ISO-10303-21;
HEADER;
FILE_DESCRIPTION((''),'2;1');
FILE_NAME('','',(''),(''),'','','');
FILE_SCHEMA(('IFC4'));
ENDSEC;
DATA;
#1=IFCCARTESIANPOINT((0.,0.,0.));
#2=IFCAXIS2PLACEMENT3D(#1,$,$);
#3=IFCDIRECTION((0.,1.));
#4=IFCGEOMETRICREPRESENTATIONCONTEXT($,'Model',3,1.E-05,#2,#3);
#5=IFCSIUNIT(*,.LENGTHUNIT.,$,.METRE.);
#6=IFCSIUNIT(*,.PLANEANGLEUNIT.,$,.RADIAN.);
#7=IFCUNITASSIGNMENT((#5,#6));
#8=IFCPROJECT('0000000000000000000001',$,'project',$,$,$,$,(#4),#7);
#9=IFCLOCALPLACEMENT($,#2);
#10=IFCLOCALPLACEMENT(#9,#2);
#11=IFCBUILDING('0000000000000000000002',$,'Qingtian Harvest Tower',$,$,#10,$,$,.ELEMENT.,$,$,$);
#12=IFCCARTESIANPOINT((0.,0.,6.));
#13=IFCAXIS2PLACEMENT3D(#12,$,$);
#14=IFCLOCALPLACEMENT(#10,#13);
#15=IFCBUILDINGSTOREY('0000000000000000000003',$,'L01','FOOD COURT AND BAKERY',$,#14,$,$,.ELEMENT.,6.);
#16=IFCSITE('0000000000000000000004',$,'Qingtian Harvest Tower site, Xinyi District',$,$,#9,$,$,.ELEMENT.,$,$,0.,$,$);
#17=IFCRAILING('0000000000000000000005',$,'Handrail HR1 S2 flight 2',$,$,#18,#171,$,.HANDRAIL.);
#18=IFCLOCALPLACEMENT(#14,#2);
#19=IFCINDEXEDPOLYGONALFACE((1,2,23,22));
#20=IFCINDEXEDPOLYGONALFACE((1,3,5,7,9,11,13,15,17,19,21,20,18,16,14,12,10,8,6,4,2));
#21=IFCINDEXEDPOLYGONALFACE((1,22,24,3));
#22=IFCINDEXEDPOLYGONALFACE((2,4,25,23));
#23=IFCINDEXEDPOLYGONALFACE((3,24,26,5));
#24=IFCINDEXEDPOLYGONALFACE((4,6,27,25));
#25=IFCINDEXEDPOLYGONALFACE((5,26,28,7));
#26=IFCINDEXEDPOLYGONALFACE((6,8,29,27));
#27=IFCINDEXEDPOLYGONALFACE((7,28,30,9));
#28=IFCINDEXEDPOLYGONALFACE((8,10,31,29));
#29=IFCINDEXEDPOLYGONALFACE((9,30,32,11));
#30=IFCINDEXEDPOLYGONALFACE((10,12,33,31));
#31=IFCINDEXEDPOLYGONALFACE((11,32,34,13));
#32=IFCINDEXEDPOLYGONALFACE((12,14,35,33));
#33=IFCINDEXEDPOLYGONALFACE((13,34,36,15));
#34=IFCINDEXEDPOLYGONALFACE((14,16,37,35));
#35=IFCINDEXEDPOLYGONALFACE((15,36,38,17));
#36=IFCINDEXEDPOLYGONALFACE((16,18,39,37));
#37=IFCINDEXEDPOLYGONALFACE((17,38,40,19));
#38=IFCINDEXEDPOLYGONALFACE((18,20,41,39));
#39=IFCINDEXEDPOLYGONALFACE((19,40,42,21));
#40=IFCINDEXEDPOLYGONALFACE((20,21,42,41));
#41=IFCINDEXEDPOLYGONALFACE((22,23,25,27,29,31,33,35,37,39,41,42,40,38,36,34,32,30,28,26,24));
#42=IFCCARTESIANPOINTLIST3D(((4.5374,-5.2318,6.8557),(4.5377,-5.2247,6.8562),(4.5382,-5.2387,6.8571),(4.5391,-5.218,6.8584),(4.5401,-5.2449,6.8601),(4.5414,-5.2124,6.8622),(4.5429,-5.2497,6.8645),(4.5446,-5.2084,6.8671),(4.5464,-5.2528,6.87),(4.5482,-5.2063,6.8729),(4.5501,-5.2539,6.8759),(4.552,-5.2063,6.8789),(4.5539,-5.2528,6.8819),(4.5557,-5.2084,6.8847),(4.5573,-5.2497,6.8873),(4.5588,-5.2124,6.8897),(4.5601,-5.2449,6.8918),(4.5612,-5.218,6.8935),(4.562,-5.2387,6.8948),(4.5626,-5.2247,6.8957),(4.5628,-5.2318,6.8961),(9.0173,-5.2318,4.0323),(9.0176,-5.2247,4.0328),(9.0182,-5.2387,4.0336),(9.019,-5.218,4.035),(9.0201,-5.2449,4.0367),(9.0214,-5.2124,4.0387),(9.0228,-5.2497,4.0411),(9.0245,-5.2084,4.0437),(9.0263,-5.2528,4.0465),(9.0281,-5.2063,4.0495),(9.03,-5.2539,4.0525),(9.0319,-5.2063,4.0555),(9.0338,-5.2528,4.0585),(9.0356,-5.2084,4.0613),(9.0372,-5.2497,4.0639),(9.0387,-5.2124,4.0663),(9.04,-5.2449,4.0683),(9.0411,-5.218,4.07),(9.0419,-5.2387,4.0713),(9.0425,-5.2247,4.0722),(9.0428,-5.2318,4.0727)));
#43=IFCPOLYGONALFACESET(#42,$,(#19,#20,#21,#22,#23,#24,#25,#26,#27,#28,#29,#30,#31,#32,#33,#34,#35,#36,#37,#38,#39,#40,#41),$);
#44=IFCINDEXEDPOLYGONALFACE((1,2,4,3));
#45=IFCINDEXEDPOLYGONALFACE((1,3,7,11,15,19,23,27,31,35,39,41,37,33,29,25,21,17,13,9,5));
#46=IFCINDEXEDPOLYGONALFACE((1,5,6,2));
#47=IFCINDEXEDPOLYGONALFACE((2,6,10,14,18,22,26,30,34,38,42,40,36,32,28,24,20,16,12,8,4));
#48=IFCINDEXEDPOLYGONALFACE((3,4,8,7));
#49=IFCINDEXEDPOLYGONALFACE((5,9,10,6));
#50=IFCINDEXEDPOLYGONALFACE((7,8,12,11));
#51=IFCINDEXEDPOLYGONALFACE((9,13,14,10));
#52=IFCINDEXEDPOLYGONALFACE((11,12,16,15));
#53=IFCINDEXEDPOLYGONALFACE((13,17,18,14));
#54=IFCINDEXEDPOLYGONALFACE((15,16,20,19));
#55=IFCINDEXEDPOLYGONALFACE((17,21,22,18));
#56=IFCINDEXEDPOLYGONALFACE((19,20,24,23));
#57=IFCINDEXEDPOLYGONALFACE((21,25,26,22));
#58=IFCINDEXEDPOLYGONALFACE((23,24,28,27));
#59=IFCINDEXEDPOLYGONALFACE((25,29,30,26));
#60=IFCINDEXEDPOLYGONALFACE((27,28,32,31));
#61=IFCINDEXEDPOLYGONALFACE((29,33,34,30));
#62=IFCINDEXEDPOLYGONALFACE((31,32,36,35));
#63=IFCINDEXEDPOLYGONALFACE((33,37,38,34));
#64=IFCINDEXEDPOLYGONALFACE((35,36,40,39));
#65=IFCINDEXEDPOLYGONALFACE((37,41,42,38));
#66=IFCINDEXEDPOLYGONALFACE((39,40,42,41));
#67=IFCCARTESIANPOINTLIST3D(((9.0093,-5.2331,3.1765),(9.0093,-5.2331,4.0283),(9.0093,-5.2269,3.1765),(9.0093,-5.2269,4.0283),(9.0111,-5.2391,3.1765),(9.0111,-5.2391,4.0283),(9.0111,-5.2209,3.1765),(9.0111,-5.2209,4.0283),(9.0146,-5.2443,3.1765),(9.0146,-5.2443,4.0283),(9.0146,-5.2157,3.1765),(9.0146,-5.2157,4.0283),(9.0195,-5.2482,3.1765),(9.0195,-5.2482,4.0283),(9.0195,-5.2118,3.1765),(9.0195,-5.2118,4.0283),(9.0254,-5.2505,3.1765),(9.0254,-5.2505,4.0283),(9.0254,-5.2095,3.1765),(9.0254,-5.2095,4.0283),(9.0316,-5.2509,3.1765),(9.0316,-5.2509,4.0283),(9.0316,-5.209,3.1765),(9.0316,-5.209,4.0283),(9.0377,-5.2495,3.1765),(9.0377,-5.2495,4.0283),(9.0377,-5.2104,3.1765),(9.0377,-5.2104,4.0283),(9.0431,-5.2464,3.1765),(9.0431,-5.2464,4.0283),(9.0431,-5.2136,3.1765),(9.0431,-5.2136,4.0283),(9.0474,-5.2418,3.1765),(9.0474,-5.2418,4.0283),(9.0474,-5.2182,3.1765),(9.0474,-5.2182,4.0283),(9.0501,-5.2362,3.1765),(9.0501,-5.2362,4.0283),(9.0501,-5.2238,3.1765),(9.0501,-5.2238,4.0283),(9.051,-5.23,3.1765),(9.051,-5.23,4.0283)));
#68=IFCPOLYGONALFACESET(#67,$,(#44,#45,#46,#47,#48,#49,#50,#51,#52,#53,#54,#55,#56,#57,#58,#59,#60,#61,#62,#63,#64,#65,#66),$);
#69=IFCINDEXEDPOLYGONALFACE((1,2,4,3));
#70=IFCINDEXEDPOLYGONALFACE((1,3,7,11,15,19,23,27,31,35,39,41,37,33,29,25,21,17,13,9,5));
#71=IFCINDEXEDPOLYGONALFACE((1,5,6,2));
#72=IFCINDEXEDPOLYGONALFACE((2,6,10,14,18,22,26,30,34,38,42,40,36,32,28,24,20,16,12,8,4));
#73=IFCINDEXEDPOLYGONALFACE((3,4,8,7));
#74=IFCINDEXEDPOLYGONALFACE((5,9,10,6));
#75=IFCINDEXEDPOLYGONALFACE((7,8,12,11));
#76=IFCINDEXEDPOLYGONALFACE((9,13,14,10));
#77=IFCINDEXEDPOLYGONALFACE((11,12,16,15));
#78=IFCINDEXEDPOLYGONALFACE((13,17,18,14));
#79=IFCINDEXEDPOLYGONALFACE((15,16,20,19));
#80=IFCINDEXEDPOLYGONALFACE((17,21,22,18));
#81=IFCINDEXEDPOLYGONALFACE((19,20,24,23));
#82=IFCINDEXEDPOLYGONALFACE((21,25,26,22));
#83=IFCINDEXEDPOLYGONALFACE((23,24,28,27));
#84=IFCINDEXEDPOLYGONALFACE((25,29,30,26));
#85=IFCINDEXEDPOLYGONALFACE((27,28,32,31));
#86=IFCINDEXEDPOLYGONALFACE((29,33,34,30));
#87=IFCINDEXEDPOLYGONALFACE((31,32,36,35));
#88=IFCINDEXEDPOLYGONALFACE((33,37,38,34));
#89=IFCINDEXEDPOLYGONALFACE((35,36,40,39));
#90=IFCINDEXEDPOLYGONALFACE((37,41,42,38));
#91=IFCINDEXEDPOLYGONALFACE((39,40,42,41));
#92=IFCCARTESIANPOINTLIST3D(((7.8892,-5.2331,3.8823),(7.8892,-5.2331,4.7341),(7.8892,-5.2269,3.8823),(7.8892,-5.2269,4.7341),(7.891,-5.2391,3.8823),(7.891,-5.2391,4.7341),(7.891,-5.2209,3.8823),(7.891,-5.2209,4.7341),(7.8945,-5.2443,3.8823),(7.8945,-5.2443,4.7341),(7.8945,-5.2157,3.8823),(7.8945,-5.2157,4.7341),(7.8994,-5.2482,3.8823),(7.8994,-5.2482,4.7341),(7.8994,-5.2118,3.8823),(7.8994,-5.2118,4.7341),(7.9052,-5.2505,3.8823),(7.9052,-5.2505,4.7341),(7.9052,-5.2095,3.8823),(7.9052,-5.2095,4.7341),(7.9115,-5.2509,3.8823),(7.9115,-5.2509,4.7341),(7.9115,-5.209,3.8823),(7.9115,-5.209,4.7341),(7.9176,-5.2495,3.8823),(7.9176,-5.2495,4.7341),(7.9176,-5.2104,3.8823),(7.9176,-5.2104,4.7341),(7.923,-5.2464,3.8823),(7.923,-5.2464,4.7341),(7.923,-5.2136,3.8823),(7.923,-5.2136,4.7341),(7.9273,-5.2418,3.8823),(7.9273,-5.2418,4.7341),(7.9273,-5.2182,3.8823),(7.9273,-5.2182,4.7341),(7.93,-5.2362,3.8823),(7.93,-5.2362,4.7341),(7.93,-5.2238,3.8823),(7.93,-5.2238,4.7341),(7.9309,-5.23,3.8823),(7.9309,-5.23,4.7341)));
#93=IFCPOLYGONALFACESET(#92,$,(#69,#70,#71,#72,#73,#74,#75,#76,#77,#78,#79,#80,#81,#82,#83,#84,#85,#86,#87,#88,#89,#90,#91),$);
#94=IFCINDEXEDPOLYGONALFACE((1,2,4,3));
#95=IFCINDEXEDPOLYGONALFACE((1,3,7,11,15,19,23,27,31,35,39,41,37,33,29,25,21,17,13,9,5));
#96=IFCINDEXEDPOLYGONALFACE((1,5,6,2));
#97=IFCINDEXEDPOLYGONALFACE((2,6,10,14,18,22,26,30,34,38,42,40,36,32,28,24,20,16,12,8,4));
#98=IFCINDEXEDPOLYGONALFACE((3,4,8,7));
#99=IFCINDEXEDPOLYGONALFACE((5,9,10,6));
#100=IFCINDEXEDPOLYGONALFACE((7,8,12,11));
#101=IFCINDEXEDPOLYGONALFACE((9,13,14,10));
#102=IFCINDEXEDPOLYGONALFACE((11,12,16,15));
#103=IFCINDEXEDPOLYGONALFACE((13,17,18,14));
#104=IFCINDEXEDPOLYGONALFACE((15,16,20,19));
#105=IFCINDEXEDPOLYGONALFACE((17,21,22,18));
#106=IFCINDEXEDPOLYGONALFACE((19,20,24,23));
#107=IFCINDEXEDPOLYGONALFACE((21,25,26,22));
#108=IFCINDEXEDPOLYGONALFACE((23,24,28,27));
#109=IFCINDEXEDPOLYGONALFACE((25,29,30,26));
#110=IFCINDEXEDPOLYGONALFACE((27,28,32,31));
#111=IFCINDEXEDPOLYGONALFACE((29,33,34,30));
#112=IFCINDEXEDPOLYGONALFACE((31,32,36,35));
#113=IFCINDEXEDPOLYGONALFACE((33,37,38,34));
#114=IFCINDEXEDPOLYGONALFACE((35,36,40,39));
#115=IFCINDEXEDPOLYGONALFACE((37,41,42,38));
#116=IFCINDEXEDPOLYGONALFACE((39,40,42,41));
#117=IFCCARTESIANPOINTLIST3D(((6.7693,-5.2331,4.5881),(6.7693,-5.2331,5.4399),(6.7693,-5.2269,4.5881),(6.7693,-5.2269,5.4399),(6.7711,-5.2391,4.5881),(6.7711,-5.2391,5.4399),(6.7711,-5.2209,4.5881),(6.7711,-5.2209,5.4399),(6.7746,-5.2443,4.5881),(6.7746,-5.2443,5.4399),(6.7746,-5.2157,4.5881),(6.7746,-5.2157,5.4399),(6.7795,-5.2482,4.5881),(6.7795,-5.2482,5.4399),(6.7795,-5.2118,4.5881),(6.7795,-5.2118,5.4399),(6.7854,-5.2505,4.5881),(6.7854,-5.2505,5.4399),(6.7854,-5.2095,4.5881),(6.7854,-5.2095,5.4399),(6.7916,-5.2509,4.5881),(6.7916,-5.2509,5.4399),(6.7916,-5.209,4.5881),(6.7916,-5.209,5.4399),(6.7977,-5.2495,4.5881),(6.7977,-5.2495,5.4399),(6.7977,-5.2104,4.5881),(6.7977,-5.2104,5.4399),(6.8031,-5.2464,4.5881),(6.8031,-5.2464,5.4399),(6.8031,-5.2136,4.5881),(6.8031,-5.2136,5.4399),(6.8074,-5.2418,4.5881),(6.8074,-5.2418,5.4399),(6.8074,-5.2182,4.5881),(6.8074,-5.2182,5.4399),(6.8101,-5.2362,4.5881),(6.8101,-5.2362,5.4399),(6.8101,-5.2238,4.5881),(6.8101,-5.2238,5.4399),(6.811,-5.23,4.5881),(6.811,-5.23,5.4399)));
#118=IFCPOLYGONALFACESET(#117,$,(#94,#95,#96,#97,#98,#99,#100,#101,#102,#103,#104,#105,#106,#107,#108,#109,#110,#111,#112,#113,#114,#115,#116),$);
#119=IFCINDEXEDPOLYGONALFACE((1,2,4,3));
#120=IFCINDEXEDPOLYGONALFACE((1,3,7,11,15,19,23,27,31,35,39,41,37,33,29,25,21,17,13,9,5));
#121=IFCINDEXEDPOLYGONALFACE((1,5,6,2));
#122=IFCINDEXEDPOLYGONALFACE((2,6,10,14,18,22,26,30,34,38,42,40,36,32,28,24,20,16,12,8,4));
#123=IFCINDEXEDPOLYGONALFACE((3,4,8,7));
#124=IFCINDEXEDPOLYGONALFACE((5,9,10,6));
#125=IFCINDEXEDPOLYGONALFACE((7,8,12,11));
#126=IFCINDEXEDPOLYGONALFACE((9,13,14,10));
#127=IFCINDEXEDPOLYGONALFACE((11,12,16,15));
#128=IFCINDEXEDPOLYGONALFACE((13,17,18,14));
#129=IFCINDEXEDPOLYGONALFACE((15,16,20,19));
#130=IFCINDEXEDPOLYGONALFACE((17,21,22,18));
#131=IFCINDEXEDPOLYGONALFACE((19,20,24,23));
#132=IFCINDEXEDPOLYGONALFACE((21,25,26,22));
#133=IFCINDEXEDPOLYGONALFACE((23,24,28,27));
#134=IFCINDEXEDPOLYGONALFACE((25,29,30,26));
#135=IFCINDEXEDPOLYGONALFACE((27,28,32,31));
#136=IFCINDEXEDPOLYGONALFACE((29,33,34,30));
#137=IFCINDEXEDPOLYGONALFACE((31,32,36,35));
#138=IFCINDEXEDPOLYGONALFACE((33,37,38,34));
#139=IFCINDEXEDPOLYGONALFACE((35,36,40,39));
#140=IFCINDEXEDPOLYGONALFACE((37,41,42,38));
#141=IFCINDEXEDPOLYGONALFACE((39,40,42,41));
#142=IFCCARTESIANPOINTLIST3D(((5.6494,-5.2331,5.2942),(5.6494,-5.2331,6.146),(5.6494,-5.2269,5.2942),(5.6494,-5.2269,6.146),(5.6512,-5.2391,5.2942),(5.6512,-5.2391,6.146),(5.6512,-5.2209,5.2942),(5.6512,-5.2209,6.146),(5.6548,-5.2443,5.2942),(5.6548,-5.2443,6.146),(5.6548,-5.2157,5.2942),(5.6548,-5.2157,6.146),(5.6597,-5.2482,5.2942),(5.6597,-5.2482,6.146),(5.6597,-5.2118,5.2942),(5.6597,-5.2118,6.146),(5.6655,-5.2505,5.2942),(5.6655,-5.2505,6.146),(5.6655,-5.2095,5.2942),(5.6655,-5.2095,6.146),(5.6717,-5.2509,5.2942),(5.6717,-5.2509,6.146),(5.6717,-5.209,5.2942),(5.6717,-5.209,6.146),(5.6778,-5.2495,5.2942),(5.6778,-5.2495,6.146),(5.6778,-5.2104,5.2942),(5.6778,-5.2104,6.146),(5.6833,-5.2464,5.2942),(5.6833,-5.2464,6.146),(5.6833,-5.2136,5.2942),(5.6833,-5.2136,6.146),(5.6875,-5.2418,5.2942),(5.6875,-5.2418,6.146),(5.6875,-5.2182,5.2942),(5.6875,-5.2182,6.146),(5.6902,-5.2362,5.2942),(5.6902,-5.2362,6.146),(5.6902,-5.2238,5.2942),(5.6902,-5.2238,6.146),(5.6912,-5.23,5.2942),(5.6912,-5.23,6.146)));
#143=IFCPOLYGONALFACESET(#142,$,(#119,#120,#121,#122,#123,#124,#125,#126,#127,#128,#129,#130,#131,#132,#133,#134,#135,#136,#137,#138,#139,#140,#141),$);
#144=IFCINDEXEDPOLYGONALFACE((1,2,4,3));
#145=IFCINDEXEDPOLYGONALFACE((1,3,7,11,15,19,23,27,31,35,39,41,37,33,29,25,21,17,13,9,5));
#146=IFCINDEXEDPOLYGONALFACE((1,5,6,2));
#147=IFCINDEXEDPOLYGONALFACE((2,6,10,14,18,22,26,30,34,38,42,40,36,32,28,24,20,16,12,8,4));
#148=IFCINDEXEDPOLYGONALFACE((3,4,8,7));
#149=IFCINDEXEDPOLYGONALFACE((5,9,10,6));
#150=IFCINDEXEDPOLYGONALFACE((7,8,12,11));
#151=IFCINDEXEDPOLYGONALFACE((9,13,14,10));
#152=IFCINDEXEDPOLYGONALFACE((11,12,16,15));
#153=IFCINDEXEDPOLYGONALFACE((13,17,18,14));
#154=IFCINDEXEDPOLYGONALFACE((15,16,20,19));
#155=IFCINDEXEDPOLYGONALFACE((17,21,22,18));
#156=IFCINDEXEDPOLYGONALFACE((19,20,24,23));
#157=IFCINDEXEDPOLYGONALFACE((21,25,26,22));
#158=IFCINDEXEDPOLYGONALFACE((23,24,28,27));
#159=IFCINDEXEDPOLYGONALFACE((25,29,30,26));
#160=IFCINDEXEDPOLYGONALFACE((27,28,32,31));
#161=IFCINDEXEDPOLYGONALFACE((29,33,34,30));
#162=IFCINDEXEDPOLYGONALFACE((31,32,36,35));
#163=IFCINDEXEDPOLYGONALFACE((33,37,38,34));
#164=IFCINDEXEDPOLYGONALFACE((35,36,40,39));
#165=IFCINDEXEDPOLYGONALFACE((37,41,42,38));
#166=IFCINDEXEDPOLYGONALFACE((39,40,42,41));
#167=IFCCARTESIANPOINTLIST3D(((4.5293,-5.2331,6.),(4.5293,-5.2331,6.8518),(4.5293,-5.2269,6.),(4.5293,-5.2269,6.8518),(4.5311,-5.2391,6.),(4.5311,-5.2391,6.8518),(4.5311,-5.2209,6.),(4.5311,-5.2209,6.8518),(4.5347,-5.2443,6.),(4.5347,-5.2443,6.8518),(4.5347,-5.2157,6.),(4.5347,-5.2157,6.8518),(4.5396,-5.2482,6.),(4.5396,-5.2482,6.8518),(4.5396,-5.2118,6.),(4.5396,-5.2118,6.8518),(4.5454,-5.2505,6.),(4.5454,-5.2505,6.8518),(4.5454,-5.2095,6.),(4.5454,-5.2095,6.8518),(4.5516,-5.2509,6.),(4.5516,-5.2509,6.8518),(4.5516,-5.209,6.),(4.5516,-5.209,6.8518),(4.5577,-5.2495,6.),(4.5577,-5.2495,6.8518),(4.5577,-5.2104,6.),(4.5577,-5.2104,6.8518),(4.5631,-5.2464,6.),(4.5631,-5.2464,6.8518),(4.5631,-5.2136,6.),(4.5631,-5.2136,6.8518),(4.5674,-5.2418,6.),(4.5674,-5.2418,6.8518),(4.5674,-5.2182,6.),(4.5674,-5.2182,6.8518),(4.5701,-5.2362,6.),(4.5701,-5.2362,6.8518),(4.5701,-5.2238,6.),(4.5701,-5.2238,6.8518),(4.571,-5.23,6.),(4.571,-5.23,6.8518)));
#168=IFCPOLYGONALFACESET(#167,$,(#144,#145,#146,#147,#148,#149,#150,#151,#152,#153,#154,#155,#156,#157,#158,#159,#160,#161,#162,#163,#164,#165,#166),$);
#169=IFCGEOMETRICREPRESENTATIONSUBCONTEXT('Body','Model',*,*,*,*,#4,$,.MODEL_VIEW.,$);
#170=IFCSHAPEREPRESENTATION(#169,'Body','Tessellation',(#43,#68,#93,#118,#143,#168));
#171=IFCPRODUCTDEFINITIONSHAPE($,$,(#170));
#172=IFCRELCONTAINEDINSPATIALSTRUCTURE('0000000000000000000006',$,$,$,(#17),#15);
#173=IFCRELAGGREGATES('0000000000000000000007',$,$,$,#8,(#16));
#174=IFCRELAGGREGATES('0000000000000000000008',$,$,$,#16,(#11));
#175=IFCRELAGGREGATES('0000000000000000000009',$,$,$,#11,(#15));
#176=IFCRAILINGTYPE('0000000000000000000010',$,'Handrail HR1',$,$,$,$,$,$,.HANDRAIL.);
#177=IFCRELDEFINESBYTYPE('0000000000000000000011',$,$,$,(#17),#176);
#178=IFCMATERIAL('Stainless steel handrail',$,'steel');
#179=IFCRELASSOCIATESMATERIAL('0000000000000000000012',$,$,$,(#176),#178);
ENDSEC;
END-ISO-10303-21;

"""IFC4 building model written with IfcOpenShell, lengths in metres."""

from ifc_helpers import new_model, si_unit, direction, frame, origin, origin_2d, place, context, subcontext, project, spatial, circle, extrude, material, type_object, element, save


model = new_model("IFC4")

# Units and contexts
model_context = context("Model", 3, precision=1e-05, world=origin(), true_north=direction((0.0, 1.0)))
body_context = subcontext(model_context, "Body", "Model", "MODEL_VIEW")
ifc_project = project(units=[si_unit("LENGTHUNIT", "METRE"), si_unit("PLANEANGLEUNIT", "RADIAN")], contexts=[model_context])

# Site, building, storey
site_placement = place(None, origin())
site = spatial("IfcSite", under=ifc_project, at=site_placement, Name="Qingtian Harvest Tower site, Xinyi District", CompositionType="ELEMENT", RefElevation=0.0)
building_placement = place(site_placement, origin())
building = spatial("IfcBuilding", under=site, at=building_placement, Name="Qingtian Harvest Tower", CompositionType="ELEMENT")
storey_placement = place(building_placement, frame((0.0, 0.0, 6.0)))
storey = spatial("IfcBuildingStorey", under=building, at=storey_placement, Name="L01", Description="FOOD COURT AND BAKERY", CompositionType="ELEMENT", Elevation=6.0)

# Railing
ifc_material_1 = material(Name="Stainless steel handrail", Category="steel")
railing_type = type_object("IfcRailingType", Name="Handrail HR1", PredefinedType="HANDRAIL", material=ifc_material_1)
railing_1_placement = place(storey_placement, frame((9.03, -5.23, 3.1765)))
element("IfcRailing", 1, at=railing_1_placement, inside=storey, type_object=railing_type, Name="Handrail HR1 S2 flight 2", PredefinedType="HANDRAIL", context=body_context, shape_type="SweptSolid", body=[
    extrude(circle(Radius=0.0239, at=origin_2d()), frame((0.0, 0.0, 0.876), z_axis=(-0.845998, 0.0, 0.533186), x_axis=(0.0, -1.0, 0.0)), (0.0, 0.0, 1.0), 5.2954),
    extrude(circle(Radius=0.021, at=origin_2d()), origin(), (0.0, 0.0, 1.0), 0.8518),
    extrude(circle(Radius=0.021, at=origin_2d()), frame((-1.1201, 0.0, 0.7058)), (0.0, 0.0, 1.0), 0.8518),
    extrude(circle(Radius=0.021, at=origin_2d()), frame((-2.24, 0.0, 1.4116)), (0.0, 0.0, 1.0), 0.8518),
    extrude(circle(Radius=0.021, at=origin_2d()), frame((-3.3599, 0.0, 2.1177)), (0.0, 0.0, 1.0), 0.8518),
    extrude(circle(Radius=0.021, at=origin_2d()), frame((-4.48, 0.0, 2.8235)), (0.0, 0.0, 1.0), 0.8518),
])

save(model, "model.ifc")
